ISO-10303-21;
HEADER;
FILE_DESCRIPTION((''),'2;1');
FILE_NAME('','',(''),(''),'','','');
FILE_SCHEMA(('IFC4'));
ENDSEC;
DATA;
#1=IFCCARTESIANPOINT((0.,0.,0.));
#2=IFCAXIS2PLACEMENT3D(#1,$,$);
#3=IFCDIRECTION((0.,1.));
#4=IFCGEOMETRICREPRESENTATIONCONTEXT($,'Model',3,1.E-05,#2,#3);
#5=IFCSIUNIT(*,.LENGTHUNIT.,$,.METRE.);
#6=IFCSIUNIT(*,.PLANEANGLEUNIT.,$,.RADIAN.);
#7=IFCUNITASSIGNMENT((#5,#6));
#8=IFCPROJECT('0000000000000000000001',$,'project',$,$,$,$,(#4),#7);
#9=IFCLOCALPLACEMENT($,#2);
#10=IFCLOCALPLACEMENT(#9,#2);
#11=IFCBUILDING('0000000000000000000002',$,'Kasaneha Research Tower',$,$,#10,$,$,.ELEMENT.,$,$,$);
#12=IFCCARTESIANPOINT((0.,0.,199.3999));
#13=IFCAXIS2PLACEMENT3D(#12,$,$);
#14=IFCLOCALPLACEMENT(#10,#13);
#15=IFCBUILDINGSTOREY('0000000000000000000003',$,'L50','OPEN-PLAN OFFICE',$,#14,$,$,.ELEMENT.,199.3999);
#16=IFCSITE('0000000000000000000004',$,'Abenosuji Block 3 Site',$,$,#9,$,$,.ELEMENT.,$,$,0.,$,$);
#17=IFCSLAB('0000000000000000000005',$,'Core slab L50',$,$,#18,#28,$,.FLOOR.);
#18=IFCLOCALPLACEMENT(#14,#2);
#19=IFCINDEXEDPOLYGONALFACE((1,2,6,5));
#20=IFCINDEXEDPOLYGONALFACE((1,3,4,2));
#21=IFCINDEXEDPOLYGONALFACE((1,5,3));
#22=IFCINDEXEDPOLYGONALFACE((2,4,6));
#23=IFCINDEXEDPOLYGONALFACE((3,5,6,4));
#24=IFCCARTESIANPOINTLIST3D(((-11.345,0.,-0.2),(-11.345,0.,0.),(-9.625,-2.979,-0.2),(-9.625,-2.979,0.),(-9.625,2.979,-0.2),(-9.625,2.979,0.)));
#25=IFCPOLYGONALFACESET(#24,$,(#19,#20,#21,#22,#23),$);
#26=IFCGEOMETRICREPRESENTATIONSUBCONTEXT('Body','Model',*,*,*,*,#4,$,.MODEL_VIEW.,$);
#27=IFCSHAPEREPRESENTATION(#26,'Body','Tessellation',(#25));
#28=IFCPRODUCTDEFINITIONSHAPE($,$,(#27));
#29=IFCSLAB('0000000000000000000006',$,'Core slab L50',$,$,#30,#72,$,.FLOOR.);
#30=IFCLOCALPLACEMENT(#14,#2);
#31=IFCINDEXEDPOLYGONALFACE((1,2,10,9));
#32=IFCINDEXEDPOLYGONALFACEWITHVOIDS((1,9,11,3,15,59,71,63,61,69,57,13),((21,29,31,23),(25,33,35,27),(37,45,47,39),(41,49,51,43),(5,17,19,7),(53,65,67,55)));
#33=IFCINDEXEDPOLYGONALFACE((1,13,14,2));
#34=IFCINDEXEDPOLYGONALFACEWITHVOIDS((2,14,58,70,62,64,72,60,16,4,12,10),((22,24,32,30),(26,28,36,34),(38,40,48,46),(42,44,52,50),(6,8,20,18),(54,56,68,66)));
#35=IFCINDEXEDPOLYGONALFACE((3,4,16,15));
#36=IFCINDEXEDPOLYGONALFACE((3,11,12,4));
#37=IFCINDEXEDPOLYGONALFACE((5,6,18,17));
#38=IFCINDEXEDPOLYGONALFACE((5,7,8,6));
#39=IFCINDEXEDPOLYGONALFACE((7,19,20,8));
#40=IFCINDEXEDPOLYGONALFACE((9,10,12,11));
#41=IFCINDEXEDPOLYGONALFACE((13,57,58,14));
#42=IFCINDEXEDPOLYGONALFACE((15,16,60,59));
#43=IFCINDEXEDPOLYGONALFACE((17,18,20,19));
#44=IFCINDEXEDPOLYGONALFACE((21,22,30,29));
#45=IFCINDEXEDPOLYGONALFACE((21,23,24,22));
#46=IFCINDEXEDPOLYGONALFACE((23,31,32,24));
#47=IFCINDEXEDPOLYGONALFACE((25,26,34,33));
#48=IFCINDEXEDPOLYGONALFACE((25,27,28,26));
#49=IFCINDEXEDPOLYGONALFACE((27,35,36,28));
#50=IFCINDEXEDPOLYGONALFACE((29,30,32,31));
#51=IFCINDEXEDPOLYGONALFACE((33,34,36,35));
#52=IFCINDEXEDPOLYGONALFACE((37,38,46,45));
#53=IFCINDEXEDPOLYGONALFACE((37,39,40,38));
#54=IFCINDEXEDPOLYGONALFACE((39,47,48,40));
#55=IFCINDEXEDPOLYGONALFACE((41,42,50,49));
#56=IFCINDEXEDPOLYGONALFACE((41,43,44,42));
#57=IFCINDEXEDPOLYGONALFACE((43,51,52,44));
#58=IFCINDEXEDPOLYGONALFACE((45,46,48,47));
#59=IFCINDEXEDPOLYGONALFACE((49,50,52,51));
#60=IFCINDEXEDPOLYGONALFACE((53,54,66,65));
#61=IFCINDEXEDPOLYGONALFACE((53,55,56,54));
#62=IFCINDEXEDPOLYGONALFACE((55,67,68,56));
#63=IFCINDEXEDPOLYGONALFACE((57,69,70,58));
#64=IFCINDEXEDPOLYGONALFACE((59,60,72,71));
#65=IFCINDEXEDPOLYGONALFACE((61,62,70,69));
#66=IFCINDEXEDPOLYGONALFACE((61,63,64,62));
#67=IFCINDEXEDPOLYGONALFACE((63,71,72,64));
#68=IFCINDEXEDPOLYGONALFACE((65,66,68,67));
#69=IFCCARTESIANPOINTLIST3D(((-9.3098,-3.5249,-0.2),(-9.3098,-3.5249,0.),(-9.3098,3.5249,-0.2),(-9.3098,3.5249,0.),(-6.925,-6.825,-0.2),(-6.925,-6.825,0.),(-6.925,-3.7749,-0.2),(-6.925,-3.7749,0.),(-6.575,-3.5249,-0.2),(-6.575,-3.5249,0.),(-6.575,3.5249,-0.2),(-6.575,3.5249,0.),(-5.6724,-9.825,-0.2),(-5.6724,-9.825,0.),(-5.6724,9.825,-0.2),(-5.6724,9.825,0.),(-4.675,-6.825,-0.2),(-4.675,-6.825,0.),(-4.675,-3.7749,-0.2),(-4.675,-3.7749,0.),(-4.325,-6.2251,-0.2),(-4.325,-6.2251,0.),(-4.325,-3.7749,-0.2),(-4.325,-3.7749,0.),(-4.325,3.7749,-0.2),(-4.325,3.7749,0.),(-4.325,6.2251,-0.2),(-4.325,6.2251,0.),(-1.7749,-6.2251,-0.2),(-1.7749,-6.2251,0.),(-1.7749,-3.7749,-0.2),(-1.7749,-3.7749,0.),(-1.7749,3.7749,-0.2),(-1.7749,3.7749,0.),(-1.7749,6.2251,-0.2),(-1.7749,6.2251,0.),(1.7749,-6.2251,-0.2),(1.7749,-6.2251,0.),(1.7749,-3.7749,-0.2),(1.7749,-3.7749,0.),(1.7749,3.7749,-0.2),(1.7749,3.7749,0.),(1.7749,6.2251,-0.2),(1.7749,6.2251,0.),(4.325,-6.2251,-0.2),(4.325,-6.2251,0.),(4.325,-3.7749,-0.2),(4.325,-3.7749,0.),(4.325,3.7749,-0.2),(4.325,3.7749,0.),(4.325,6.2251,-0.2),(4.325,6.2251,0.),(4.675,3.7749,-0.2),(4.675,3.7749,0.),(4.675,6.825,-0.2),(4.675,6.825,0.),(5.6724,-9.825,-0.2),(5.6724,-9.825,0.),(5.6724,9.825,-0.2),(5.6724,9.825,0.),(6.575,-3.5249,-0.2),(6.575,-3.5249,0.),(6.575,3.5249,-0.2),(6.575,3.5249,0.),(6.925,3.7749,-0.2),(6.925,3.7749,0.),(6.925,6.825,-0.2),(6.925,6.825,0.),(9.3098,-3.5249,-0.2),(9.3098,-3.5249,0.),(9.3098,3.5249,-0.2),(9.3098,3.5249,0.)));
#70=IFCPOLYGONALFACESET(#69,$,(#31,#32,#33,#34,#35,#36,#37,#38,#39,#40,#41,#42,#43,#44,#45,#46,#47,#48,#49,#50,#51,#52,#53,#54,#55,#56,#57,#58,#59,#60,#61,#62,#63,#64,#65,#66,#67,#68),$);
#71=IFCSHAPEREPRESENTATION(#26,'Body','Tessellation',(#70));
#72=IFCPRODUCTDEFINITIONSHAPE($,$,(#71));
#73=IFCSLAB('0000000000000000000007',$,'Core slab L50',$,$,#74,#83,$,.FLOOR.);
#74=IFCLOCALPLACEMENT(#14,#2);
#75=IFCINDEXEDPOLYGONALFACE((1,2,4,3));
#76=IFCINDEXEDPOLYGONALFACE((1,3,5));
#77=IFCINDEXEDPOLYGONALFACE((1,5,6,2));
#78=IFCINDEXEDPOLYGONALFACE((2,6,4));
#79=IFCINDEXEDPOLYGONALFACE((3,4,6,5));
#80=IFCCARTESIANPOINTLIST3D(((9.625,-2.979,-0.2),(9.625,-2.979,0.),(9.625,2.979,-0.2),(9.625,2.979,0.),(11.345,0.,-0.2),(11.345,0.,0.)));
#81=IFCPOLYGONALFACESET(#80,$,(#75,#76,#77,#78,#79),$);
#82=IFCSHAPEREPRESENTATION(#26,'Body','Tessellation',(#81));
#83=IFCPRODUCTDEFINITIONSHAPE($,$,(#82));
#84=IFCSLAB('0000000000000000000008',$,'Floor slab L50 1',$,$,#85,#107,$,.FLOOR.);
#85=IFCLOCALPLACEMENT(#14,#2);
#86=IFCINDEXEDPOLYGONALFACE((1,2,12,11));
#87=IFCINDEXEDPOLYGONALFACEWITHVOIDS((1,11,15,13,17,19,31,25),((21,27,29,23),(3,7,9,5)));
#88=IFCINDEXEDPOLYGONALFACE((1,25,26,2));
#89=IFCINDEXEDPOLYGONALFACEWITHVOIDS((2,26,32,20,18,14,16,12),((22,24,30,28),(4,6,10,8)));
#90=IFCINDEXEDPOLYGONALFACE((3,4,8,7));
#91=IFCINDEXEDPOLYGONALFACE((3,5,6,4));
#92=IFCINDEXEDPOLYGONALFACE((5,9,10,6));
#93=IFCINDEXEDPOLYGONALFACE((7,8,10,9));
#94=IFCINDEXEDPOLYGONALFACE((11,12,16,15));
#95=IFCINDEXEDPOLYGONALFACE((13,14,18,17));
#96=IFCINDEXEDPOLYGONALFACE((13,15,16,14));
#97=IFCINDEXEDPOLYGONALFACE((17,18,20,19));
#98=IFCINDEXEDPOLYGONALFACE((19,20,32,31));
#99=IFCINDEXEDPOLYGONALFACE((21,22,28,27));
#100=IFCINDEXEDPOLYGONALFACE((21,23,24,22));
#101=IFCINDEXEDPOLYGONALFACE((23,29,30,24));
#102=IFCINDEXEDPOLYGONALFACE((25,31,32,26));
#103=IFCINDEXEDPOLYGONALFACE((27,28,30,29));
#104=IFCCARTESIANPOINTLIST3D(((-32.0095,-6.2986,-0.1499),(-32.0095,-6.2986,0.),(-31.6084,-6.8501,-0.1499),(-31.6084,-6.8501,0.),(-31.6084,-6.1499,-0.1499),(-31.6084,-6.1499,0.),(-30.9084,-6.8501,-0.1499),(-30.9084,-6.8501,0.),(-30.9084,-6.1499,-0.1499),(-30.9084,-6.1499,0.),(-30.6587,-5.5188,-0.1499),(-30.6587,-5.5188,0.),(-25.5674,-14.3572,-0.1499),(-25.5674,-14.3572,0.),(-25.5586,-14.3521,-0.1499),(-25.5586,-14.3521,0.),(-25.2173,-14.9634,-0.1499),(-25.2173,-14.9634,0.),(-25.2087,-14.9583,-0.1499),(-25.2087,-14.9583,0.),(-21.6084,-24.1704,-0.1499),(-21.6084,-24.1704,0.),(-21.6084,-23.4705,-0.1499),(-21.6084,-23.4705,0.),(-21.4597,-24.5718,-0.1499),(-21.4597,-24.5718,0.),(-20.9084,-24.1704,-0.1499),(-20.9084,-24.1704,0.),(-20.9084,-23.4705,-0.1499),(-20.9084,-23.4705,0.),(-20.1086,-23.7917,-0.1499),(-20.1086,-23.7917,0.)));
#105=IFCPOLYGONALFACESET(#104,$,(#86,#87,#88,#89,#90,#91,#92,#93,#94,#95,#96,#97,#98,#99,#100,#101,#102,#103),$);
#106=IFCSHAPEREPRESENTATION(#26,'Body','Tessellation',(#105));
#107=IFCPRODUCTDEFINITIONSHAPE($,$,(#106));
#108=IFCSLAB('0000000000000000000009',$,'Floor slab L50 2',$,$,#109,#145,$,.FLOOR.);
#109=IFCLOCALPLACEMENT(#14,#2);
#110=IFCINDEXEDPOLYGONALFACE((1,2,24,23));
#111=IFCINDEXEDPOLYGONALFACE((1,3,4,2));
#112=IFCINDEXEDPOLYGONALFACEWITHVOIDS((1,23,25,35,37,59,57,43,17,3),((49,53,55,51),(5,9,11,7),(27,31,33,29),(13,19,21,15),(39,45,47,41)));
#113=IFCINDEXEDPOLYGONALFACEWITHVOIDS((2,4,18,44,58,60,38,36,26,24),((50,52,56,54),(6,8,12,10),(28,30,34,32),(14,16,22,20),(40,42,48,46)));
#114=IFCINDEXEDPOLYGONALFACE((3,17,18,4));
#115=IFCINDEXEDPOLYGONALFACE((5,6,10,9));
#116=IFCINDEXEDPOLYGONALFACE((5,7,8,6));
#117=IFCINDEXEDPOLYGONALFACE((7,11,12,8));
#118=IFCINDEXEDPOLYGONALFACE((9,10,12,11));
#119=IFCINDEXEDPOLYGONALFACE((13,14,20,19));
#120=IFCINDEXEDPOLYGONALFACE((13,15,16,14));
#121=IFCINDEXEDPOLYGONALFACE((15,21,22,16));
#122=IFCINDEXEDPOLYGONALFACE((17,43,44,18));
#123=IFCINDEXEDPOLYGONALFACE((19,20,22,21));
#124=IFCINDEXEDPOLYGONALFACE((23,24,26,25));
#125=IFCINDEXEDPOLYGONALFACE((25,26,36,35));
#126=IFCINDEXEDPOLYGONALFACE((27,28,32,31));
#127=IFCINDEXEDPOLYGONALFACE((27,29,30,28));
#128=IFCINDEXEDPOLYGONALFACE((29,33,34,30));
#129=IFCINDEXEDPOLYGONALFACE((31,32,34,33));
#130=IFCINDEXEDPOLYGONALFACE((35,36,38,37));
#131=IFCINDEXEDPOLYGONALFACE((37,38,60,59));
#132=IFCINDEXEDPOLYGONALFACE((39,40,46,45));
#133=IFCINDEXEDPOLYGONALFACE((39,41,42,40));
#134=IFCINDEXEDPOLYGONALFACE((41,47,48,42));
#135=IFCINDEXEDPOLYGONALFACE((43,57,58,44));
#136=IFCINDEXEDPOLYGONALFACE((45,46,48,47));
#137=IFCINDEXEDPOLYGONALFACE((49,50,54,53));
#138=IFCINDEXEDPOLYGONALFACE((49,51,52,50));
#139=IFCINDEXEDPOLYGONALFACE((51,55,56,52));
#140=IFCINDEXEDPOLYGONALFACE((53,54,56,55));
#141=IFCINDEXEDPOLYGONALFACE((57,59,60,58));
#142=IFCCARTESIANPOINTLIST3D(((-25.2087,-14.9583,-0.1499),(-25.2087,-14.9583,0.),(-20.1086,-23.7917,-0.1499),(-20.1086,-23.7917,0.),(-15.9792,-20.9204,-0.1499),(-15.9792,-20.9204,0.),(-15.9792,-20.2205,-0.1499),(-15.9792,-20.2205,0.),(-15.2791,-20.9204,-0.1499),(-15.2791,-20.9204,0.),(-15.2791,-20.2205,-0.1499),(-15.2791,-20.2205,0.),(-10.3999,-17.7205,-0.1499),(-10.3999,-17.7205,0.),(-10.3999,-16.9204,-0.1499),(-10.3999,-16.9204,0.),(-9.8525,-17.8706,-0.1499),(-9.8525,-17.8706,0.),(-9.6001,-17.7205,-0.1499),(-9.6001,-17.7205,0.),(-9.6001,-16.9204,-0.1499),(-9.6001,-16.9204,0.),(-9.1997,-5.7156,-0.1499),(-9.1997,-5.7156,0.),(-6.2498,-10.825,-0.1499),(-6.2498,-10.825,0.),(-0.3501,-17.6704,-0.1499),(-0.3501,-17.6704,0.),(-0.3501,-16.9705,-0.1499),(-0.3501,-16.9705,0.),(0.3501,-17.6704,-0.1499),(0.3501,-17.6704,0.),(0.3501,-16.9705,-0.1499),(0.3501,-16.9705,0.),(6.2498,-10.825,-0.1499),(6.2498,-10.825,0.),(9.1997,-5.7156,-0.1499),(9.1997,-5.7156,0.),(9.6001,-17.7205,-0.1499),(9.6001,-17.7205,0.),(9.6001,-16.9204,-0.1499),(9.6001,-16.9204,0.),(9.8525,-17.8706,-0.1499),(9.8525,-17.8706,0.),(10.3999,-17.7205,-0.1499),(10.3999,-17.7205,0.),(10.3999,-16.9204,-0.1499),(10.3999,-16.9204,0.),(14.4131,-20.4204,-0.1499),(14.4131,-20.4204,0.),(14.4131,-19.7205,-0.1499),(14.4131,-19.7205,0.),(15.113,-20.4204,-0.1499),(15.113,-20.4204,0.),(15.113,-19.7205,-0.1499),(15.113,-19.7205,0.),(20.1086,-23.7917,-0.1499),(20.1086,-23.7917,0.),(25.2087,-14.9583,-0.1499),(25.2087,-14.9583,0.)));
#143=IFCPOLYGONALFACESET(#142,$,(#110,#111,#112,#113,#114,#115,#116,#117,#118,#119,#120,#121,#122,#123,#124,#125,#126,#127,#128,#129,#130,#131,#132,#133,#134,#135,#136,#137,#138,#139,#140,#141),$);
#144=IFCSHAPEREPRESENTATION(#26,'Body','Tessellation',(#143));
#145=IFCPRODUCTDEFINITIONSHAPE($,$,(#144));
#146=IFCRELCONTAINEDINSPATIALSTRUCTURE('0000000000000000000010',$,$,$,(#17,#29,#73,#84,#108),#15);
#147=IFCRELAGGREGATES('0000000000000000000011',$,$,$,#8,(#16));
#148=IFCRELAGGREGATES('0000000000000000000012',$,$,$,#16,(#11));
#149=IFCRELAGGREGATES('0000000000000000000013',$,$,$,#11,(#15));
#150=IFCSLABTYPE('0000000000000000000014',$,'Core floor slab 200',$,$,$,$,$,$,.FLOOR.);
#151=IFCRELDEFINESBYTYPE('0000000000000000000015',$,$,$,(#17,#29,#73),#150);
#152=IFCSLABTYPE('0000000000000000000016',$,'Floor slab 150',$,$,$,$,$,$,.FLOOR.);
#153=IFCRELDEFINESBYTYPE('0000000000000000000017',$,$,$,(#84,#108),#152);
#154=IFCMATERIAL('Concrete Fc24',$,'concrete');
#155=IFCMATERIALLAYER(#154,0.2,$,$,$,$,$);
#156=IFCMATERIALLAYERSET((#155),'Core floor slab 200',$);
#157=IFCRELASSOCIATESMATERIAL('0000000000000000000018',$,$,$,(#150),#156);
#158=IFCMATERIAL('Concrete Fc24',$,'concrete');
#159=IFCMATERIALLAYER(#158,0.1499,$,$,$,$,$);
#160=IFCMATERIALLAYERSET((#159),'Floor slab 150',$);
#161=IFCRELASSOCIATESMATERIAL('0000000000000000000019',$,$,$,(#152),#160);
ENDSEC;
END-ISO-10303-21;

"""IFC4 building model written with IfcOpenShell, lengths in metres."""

from ifc_helpers import new_model, si_unit, direction, frame, origin, place, context, subcontext, project, spatial, polyline, outline, extrude, material, layer, layer_set, type_object, element, save


model = new_model("IFC4")

# Units and contexts
model_context = context("Model", 3, precision=1e-05, world=origin(), true_north=direction((0.0, 1.0)))
body_context = subcontext(model_context, "Body", "Model", "MODEL_VIEW")
ifc_project = project(units=[si_unit("LENGTHUNIT", "METRE"), si_unit("PLANEANGLEUNIT", "RADIAN")], contexts=[model_context])

# Site, building, storey
site_placement = place(None, origin())
site = spatial("IfcSite", under=ifc_project, at=site_placement, Name="Abenosuji Block 3 Site", CompositionType="ELEMENT", RefElevation=0.0)
building_placement = place(site_placement, origin())
building = spatial("IfcBuilding", under=site, at=building_placement, Name="Kasaneha Research Tower", CompositionType="ELEMENT")
storey_placement = place(building_placement, frame((0.0, 0.0, 199.3999)))
storey = spatial("IfcBuildingStorey", under=building, at=storey_placement, Name="L50", Description="OPEN-PLAN OFFICE", CompositionType="ELEMENT", Elevation=199.3999)

# Slabs
ifc_material_1 = material(Name="Concrete Fc24", Category="concrete")
ifc_layer_1 = layer(ifc_material_1, 0.2)
ifc_layer_set_1 = layer_set([ifc_layer_1], Name="Core floor slab 200")
slab_type_1 = type_object("IfcSlabType", Name="Core floor slab 200", PredefinedType="FLOOR", material=ifc_layer_set_1)
slab_1_placement = place(storey_placement, frame((0.0, 0.0, -0.2)))
element("IfcSlab", 1, at=slab_1_placement, inside=storey, type_object=slab_type_1, Name="Core slab L50", PredefinedType="FLOOR", context=body_context, shape_type="SweptSolid", body=[
    extrude(outline(polyline([(-11.345, 0.0), (-9.625, 2.979), (-9.625, -2.979), (-11.345, 0.0)])), origin(), (0.0, 0.0, 1.0), 0.2),
])
slab_2_placement = place(storey_placement, frame((0.0, 0.0, -0.2)))
element("IfcSlab", 2, at=slab_2_placement, inside=storey, type_object=slab_type_1, Name="Core slab L50", PredefinedType="FLOOR", context=body_context, shape_type="SweptSolid", body=[
    extrude(outline(polyline([(-5.6724, 9.825), (5.6724, 9.825), (9.3098, 3.5249), (6.575, 3.5249), (6.575, -3.5249), (9.3098, -3.5249), (5.6724, -9.825), (-5.6724, -9.825), (-9.3098, -3.5249), (-6.575, -3.5249), (-6.575, 3.5249), (-9.3098, 3.5249), (-5.6724, 9.825)]), holes=[polyline([(-6.925, -3.7749), (-6.925, -6.825), (-4.675, -6.825), (-4.675, -3.7749), (-6.925, -3.7749)]), polyline([(-4.325, -3.7749), (-4.325, -6.2251), (-1.7749, -6.2251), (-1.7749, -3.7749), (-4.325, -3.7749)]), polyline([(1.7749, -3.7749), (1.7749, -6.2251), (4.325, -6.2251), (4.325, -3.7749), (1.7749, -3.7749)]), polyline([(-4.325, 6.2251), (-4.325, 3.7749), (-1.7749, 3.7749), (-1.7749, 6.2251), (-4.325, 6.2251)]), polyline([(1.7749, 6.2251), (1.7749, 3.7749), (4.325, 3.7749), (4.325, 6.2251), (1.7749, 6.2251)]), polyline([(4.675, 6.825), (4.675, 3.7749), (6.925, 3.7749), (6.925, 6.825), (4.675, 6.825)])]), origin(), (0.0, 0.0, 1.0), 0.2),
])
slab_3_placement = place(storey_placement, frame((0.0, 0.0, -0.2)))
element("IfcSlab", 3, at=slab_3_placement, inside=storey, type_object=slab_type_1, Name="Core slab L50", PredefinedType="FLOOR", context=body_context, shape_type="SweptSolid", body=[
    extrude(outline(polyline([(11.345, 0.0), (9.625, -2.979), (9.625, 2.979), (11.345, 0.0)])), origin(), (0.0, 0.0, 1.0), 0.2),
])
ifc_material_2 = material(Name="Concrete Fc24", Category="concrete")
ifc_layer_2 = layer(ifc_material_2, 0.1499)
ifc_layer_set_2 = layer_set([ifc_layer_2], Name="Floor slab 150")
slab_type_2 = type_object("IfcSlabType", Name="Floor slab 150", PredefinedType="FLOOR", material=ifc_layer_set_2)
slab_4_placement = place(storey_placement, frame((0.0, 0.0, -0.1499)))
element("IfcSlab", 4, at=slab_4_placement, inside=storey, type_object=slab_type_2, Name="Floor slab L50 1", PredefinedType="FLOOR", context=body_context, shape_type="SweptSolid", body=[
    extrude(outline(polyline([(-32.0095, -6.2986), (-30.6587, -5.5188), (-25.5586, -14.3521), (-25.5674, -14.3572), (-25.2173, -14.9634), (-25.2087, -14.9583), (-20.1086, -23.7917), (-21.4597, -24.5718), (-32.0095, -6.2986)]), holes=[polyline([(-20.9084, -24.1704), (-20.9084, -23.4705), (-21.6084, -23.4705), (-21.6084, -24.1704), (-20.9084, -24.1704)]), polyline([(-30.9084, -6.8501), (-30.9084, -6.1499), (-31.6084, -6.1499), (-31.6084, -6.8501), (-30.9084, -6.8501)])]), origin(), (0.0, 0.0, 1.0), 0.1499),
])
slab_5_placement = place(storey_placement, frame((0.0, 0.0, -0.1499)))
element("IfcSlab", 5, at=slab_5_placement, inside=storey, type_object=slab_type_2, Name="Floor slab L50 2", PredefinedType="FLOOR", context=body_context, shape_type="SweptSolid", body=[
    extrude(outline(polyline([(9.8525, -17.8706), (-9.8525, -17.8706), (-20.1086, -23.7917), (-25.2087, -14.9583), (-9.1997, -5.7156), (-6.2498, -10.825), (6.2498, -10.825), (9.1997, -5.7156), (25.2087, -14.9583), (20.1086, -23.7917), (9.8525, -17.8706)]), holes=[polyline([(-15.2791, -20.9204), (-15.2791, -20.2205), (-15.9792, -20.2205), (-15.9792, -20.9204), (-15.2791, -20.9204)]), polyline([(0.3501, -17.6704), (0.3501, -16.9705), (-0.3501, -16.9705), (-0.3501, -17.6704), (0.3501, -17.6704)]), polyline([(-10.3999, -17.7205), (-9.6001, -17.7205), (-9.6001, -16.9204), (-10.3999, -16.9204), (-10.3999, -17.7205)]), polyline([(15.113, -20.4204), (15.113, -19.7205), (14.4131, -19.7205), (14.4131, -20.4204), (15.113, -20.4204)]), polyline([(9.6001, -17.7205), (10.3999, -17.7205), (10.3999, -16.9204), (9.6001, -16.9204), (9.6001, -17.7205)])]), origin(), (0.0, 0.0, 1.0), 0.1499),
])

save(model, "model.ifc")
